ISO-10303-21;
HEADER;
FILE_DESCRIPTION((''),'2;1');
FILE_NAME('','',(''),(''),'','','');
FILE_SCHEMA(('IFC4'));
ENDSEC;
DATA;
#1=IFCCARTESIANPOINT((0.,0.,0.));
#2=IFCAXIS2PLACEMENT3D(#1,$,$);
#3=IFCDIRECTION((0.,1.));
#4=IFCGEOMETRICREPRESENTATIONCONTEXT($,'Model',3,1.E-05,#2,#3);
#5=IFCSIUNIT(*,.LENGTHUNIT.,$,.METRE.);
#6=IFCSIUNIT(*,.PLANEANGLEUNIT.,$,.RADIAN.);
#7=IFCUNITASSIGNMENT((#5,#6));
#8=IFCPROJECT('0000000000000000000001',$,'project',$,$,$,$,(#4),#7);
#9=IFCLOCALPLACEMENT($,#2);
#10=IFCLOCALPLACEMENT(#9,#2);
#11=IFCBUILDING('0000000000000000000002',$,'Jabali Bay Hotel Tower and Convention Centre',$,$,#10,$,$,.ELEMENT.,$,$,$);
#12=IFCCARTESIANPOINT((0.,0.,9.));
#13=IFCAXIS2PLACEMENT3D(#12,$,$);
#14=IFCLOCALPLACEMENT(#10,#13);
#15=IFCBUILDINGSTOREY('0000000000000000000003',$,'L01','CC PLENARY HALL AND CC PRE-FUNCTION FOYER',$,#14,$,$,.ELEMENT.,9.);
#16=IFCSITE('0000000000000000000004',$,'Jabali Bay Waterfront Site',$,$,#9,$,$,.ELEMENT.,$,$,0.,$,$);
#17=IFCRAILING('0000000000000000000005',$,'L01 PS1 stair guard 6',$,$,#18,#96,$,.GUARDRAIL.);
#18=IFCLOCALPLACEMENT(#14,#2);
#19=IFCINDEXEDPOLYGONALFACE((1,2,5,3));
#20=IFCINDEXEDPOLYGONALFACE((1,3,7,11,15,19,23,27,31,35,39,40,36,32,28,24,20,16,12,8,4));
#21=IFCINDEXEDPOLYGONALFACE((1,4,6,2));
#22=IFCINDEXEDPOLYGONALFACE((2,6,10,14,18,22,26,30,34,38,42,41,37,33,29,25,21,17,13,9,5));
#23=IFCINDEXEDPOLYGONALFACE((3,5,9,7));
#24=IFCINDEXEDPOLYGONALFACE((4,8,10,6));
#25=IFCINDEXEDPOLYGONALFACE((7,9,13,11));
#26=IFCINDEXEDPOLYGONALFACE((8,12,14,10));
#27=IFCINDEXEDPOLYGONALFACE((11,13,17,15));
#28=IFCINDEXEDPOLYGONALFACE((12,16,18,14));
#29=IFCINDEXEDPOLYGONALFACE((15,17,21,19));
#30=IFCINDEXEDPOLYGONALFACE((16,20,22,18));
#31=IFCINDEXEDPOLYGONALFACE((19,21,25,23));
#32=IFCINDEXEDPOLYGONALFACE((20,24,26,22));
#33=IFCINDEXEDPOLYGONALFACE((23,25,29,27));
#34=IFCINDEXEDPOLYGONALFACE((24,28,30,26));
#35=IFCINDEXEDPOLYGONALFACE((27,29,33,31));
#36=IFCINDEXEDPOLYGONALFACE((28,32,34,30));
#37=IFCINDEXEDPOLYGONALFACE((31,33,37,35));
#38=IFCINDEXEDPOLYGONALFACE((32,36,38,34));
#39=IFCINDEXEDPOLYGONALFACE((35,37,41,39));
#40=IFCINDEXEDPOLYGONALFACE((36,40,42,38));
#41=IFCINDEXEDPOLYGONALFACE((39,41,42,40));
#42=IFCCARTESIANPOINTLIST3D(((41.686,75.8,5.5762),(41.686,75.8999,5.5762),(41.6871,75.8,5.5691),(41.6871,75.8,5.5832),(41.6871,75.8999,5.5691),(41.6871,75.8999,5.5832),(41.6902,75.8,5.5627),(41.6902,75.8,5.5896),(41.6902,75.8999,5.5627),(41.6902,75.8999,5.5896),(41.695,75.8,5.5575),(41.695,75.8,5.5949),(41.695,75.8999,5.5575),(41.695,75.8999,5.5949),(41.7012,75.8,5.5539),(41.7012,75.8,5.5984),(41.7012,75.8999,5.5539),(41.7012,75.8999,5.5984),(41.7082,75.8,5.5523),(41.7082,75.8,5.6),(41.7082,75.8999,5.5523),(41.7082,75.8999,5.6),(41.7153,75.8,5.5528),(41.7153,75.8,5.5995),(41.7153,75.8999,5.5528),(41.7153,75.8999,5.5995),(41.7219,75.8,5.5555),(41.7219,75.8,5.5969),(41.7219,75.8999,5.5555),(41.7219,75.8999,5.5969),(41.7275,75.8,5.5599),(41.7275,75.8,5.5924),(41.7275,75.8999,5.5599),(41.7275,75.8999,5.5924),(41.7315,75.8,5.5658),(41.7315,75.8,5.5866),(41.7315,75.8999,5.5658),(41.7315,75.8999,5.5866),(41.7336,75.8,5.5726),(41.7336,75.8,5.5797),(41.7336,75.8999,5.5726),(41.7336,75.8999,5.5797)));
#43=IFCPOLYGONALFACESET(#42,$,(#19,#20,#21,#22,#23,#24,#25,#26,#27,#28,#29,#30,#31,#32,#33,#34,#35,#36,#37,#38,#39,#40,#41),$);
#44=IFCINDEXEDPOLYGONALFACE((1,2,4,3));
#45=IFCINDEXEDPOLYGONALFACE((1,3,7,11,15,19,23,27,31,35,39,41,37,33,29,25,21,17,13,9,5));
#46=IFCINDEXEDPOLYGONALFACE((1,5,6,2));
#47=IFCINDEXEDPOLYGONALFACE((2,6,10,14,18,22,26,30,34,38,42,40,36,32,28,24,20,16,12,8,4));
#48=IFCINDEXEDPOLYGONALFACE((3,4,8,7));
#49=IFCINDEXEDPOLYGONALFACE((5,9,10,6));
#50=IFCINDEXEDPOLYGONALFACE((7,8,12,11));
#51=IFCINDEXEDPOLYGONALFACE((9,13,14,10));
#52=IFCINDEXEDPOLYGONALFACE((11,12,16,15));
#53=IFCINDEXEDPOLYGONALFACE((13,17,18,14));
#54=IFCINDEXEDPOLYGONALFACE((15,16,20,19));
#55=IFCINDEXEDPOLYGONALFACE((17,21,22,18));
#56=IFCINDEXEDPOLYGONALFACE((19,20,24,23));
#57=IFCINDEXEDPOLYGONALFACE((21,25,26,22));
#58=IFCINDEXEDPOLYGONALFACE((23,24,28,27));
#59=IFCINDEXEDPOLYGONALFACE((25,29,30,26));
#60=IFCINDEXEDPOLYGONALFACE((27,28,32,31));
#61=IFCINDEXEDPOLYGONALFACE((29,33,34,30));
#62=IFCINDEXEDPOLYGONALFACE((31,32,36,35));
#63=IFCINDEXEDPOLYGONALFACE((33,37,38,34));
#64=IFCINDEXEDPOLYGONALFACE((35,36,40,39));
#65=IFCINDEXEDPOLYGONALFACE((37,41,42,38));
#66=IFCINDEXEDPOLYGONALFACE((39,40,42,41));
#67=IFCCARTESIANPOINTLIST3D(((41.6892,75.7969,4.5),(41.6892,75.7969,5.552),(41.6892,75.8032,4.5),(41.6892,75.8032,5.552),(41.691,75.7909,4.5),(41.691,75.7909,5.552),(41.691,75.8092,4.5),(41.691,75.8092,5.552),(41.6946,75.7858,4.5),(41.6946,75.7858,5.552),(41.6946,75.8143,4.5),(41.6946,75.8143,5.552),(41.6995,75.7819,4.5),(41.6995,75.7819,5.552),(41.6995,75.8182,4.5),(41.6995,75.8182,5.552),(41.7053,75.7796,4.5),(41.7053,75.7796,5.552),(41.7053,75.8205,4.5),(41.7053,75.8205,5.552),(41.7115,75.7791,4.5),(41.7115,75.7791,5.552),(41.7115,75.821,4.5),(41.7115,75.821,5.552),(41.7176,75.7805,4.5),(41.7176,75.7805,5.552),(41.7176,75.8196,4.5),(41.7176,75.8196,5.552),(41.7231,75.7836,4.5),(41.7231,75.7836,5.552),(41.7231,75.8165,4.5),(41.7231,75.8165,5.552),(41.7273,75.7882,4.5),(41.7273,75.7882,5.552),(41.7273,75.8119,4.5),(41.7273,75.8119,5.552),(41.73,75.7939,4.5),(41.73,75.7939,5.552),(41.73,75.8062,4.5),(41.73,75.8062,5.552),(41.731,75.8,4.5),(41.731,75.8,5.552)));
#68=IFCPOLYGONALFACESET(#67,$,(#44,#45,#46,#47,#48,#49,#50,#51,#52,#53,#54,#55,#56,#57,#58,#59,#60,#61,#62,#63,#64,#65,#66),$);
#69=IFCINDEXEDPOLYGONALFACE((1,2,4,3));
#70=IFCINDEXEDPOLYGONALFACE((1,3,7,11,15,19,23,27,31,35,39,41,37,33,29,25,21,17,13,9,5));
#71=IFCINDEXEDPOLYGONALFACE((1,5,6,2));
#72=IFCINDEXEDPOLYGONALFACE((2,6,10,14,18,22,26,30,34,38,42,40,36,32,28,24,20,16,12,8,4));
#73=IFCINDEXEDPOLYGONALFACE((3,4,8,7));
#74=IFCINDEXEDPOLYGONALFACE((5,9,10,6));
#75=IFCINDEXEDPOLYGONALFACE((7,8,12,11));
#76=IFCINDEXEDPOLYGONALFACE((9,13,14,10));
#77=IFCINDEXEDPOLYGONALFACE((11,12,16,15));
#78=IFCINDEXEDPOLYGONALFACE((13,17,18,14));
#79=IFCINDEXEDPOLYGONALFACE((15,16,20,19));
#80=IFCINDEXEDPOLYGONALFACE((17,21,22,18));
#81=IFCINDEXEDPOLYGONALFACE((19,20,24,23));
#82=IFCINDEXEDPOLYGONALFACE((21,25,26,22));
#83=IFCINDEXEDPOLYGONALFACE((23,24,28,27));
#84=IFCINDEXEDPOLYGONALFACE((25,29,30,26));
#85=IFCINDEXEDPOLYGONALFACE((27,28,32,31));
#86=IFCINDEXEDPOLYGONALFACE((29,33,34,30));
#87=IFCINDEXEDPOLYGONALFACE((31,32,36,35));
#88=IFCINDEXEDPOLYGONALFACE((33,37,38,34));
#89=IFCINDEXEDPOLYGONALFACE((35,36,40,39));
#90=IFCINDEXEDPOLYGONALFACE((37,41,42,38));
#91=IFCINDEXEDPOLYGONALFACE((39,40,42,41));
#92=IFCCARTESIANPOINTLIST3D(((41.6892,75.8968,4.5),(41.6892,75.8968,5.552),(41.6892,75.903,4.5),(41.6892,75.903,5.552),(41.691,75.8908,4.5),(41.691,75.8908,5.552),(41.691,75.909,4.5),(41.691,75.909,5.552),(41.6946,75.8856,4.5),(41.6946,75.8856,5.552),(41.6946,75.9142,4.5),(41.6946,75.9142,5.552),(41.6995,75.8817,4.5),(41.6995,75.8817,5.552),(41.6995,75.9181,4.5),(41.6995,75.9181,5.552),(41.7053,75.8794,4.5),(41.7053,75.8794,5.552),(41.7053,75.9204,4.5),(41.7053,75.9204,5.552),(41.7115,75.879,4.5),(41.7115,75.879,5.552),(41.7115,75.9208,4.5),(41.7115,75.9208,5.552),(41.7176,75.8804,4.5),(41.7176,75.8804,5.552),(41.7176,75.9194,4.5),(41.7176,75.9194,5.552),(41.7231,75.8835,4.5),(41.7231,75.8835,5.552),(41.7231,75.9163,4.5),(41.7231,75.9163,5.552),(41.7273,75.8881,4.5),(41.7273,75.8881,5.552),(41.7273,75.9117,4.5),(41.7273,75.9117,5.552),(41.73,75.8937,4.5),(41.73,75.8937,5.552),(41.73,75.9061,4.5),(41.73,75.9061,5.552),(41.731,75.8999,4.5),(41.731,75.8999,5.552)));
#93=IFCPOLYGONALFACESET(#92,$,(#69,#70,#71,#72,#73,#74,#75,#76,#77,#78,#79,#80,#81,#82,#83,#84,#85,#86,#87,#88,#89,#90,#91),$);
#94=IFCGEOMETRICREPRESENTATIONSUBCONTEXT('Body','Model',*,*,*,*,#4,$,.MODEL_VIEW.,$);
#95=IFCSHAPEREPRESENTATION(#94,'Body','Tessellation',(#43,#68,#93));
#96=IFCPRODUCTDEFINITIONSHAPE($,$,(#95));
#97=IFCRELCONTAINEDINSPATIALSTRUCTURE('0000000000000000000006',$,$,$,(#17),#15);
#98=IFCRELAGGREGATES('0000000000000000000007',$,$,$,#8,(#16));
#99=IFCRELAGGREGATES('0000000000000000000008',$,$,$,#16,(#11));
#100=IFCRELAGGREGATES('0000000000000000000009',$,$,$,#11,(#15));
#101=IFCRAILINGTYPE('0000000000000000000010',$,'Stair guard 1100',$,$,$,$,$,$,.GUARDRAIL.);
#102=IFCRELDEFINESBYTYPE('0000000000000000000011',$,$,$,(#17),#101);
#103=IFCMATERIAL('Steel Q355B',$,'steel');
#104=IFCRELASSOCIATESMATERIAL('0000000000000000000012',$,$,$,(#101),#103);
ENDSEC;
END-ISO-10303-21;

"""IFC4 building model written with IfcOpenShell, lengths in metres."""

from ifc_helpers import new_model, si_unit, direction, frame, origin, origin_2d, place, context, subcontext, project, spatial, circle, extrude, material, type_object, element, save


model = new_model("IFC4")

# Units and contexts
model_context = context("Model", 3, precision=1e-05, world=origin(), true_north=direction((0.0, 1.0)))
body_context = subcontext(model_context, "Body", "Model", "MODEL_VIEW")
ifc_project = project(units=[si_unit("LENGTHUNIT", "METRE"), si_unit("PLANEANGLEUNIT", "RADIAN")], contexts=[model_context])

# Site, building, storey
site_placement = place(None, origin())
site = spatial("IfcSite", under=ifc_project, at=site_placement, Name="Jabali Bay Waterfront Site", CompositionType="ELEMENT", RefElevation=0.0)
building_placement = place(site_placement, origin())
building = spatial("IfcBuilding", under=site, at=building_placement, Name="Jabali Bay Hotel Tower and Convention Centre", CompositionType="ELEMENT")
storey_placement = place(building_placement, frame((0.0, 0.0, 9.0)))
storey = spatial("IfcBuildingStorey", under=building, at=storey_placement, Name="L01", Description="CC PLENARY HALL AND CC PRE-FUNCTION FOYER", CompositionType="ELEMENT", Elevation=9.0)

# Railing
ifc_material_1 = material(Name="Steel Q355B", Category="steel")
railing_type_1 = type_object("IfcRailingType", Name="Stair guard 1100", PredefinedType="GUARDRAIL", material=ifc_material_1)
railing_1_placement = place(storey_placement, frame((41.71, 75.8, 4.5)))
element("IfcRailing", 1, at=railing_1_placement, inside=storey, type_object=railing_type_1, Name="L01 PS1 stair guard 6", PredefinedType="GUARDRAIL", context=body_context, shape_type="SweptSolid", body=[
    extrude(circle(Radius=0.0239, at=origin_2d()), frame((0.0, 0.0, 1.0762), z_axis=(0.0, 1.0, 0.0), x_axis=(-1.0, 0.0, 0.0)), (0.0, 0.0, 1.0), 0.0999),
    extrude(circle(Radius=0.021, at=origin_2d()), origin(), (0.0, 0.0, 1.0), 1.052),
    extrude(circle(Radius=0.021, at=origin_2d()), frame((0.0, 0.0999, 0.0)), (0.0, 0.0, 1.0), 1.052),
])

save(model, "model.ifc")
